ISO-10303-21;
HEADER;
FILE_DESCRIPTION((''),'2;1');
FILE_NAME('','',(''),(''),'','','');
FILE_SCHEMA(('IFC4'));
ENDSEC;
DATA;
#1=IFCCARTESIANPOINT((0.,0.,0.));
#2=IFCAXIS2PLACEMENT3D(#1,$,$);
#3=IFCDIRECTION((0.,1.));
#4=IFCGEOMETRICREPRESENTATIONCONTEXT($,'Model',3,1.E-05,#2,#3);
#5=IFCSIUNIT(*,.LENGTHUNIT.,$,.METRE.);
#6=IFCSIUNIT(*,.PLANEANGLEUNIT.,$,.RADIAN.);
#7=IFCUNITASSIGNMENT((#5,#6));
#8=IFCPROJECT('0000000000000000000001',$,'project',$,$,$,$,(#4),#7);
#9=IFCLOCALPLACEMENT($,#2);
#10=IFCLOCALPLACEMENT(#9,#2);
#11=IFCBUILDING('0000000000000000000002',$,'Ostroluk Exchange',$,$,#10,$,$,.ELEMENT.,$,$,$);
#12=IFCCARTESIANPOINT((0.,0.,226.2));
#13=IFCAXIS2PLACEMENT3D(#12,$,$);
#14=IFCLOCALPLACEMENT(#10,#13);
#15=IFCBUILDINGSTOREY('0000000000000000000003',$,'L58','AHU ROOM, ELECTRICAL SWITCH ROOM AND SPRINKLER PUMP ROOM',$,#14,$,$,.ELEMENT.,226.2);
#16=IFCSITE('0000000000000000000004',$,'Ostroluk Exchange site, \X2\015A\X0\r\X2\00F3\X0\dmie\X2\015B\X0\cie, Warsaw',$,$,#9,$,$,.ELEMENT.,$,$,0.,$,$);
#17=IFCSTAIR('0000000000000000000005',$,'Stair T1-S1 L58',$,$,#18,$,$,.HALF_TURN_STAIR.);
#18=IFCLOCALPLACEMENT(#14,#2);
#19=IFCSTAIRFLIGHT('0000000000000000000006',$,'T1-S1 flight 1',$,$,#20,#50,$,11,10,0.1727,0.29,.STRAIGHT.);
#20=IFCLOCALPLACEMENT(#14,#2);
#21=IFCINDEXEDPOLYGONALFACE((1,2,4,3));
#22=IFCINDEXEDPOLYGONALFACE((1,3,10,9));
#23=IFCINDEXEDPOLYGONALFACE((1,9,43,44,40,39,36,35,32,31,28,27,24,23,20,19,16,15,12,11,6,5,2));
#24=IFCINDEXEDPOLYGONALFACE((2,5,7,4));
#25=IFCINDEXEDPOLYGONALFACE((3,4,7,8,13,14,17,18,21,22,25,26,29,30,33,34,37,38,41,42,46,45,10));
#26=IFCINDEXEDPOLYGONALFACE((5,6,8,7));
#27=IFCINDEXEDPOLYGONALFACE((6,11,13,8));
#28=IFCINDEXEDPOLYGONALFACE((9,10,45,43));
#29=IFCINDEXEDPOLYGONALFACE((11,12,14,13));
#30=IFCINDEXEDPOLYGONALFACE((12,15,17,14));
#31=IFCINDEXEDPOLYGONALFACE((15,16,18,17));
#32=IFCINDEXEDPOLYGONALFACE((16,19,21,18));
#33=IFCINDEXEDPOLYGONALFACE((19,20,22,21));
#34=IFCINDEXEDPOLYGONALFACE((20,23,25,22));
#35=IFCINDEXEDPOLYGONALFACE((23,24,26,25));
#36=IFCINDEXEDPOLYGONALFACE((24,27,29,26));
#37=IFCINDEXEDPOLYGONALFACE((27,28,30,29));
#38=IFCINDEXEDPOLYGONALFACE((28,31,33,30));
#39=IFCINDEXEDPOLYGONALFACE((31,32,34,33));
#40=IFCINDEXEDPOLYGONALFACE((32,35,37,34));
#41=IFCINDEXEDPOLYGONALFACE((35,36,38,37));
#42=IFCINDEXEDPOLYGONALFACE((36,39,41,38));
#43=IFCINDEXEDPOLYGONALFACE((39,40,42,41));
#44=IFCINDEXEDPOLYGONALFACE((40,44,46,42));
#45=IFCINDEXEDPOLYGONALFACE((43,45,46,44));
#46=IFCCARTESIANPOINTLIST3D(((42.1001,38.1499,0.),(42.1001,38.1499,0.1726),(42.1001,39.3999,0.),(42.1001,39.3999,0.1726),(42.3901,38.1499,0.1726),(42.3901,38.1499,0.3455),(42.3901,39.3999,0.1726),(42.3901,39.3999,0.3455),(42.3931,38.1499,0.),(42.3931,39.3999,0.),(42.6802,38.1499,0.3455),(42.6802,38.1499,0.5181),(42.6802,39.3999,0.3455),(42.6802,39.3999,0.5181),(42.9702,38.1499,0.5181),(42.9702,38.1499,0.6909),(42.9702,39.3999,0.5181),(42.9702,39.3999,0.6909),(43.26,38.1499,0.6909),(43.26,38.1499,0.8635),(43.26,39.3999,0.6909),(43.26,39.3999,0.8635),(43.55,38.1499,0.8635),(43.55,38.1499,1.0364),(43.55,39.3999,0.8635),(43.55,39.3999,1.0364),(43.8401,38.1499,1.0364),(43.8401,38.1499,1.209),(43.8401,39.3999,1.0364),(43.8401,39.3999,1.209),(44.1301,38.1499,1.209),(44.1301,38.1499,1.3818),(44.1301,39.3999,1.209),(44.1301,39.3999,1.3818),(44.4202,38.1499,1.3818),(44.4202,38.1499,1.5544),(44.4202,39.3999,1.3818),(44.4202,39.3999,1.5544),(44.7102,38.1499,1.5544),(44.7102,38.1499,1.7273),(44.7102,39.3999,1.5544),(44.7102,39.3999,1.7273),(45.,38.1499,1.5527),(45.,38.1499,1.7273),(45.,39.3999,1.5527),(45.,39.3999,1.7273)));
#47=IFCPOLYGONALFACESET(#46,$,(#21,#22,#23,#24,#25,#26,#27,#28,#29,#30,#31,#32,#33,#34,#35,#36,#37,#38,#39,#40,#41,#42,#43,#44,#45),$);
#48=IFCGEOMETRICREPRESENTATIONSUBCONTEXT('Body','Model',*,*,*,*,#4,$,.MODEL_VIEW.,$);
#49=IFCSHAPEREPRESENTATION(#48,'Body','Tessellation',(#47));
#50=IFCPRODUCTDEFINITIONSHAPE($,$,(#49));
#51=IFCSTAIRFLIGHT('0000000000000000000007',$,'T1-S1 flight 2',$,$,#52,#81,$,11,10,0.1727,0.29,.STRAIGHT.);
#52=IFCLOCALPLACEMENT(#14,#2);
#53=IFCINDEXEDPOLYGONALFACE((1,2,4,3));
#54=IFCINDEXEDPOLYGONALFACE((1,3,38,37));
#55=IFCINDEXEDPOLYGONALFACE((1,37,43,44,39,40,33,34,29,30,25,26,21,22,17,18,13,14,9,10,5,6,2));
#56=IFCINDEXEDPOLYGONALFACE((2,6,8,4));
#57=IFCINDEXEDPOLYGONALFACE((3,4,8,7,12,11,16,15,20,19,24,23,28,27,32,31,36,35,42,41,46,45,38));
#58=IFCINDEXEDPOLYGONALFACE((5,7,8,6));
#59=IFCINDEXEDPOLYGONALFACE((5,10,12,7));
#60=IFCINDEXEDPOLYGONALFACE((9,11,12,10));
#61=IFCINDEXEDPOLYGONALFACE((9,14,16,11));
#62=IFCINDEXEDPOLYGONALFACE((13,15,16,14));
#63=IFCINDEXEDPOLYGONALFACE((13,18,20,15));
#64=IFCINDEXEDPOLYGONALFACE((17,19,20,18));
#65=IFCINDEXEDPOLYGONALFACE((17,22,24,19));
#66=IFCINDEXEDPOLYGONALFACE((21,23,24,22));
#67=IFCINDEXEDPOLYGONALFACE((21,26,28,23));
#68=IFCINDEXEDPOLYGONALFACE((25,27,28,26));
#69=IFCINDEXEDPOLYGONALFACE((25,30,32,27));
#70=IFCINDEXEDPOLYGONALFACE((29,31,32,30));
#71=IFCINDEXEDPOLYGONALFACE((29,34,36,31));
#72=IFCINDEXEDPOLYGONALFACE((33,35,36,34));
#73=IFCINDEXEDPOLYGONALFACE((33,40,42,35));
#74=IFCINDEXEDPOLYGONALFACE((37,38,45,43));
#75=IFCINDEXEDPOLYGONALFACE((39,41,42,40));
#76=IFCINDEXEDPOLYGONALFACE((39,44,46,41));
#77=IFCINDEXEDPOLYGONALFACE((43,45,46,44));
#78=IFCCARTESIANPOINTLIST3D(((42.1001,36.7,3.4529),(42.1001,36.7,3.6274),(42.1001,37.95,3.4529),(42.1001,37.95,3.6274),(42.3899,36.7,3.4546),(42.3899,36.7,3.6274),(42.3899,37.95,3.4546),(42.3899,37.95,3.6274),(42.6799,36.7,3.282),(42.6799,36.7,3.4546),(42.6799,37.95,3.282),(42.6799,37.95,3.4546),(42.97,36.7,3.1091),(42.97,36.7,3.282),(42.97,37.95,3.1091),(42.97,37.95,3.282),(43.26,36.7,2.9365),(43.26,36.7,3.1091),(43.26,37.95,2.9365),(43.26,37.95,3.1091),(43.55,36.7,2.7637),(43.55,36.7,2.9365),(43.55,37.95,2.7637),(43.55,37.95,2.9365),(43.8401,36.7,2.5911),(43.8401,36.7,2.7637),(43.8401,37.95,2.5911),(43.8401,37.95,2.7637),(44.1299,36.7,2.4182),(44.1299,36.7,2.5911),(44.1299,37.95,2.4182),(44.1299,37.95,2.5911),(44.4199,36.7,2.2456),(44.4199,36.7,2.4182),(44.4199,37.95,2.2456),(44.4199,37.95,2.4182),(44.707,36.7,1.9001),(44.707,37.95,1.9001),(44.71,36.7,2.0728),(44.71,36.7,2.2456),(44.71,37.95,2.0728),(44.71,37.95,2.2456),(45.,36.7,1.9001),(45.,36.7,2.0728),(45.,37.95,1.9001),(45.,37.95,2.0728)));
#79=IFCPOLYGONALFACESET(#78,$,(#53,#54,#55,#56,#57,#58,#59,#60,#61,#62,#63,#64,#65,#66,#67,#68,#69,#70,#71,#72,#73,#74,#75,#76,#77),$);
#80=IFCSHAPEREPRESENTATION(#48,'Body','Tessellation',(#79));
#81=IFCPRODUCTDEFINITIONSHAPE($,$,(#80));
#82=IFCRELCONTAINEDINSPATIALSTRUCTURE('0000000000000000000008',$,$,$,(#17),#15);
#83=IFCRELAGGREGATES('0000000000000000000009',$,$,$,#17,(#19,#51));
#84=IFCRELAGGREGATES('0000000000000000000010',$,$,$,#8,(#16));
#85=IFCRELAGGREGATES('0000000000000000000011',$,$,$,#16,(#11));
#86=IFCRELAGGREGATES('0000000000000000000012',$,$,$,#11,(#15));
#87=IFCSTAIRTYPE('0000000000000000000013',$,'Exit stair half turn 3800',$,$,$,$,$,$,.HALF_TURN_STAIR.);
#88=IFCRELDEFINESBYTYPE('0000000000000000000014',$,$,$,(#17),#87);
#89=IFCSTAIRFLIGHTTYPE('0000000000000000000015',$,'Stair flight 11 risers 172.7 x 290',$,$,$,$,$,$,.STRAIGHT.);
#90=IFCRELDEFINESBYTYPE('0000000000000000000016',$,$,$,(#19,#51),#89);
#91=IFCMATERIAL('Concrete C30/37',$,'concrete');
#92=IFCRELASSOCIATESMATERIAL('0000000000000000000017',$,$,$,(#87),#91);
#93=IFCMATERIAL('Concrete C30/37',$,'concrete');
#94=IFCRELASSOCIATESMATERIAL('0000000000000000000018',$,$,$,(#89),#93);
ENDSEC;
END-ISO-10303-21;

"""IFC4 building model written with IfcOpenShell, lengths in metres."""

from ifc_helpers import new_model, si_unit, direction, frame, origin, place, context, subcontext, project, spatial, polyline, outline, extrude, material, type_object, element, aggregate, save


model = new_model("IFC4")

# Units and contexts
model_context = context("Model", 3, precision=1e-05, world=origin(), true_north=direction((0.0, 1.0)))
body_context = subcontext(model_context, "Body", "Model", "MODEL_VIEW")
ifc_project = project(units=[si_unit("LENGTHUNIT", "METRE"), si_unit("PLANEANGLEUNIT", "RADIAN")], contexts=[model_context])

# Site, building, storey
site_placement = place(None, origin())
site = spatial("IfcSite", under=ifc_project, at=site_placement, Name="Ostroluk Exchange site, Śródmieście, Warsaw", CompositionType="ELEMENT", RefElevation=0.0)
building_placement = place(site_placement, origin())
building = spatial("IfcBuilding", under=site, at=building_placement, Name="Ostroluk Exchange", CompositionType="ELEMENT")
storey_placement = place(building_placement, frame((0.0, 0.0, 226.2)))
storey = spatial("IfcBuildingStorey", under=building, at=storey_placement, Name="L58", Description="AHU ROOM, ELECTRICAL SWITCH ROOM AND SPRINKLER PUMP ROOM", CompositionType="ELEMENT", Elevation=226.2)

# Stair, stair flights
ifc_material_1 = material(Name="Concrete C30/37", Category="concrete")
stair_type = type_object("IfcStairType", Name="Exit stair half turn 3800", PredefinedType="HALF_TURN_STAIR", material=ifc_material_1)
stair_placement = place(storey_placement, origin())
stair = element("IfcStair", 1, at=stair_placement, inside=storey, type_object=stair_type, Name="Stair T1-S1 L58", PredefinedType="HALF_TURN_STAIR")
ifc_material_2 = material(Name="Concrete C30/37", Category="concrete")
stair_flight_type = type_object("IfcStairFlightType", Name="Stair flight 11 risers 172.7 x 290", PredefinedType="STRAIGHT", material=ifc_material_2)
stair_flight_1_placement = place(storey_placement, frame((42.1001, 38.7749, 0.0), z_axis=(0.0, 0.0, 1.0), x_axis=(1.0, 0.0, 0.0)))
stair_flight_1 = element("IfcStairFlight", 2, at=stair_flight_1_placement, type_object=stair_flight_type, Name="T1-S1 flight 1", NumberOfRisers=11, NumberOfTreads=10, PredefinedType="STRAIGHT", RiserHeight=0.1727, TreadLength=0.29, context=body_context, shape_type="SweptSolid", body=[
    extrude(outline(polyline([(0.0, 0.0), (0.0, 0.1726), (0.29, 0.1726), (0.29, 0.3455), (0.5801, 0.3455), (0.5801, 0.5181), (0.8701, 0.5181), (0.8701, 0.6909), (1.1599, 0.6909), (1.1599, 0.8635), (1.45, 0.8635), (1.45, 1.0364), (1.74, 1.0364), (1.74, 1.209), (2.03, 1.209), (2.03, 1.3818), (2.3201, 1.3818), (2.3201, 1.5544), (2.6101, 1.5544), (2.6101, 1.7273), (2.8999, 1.7273), (2.8999, 1.8999), (2.8999, 1.5527), (0.293, 0.0), (0.0, 0.0)])), frame((0.0, 0.625, 0.0), z_axis=(0.0, -1.0, 0.0), x_axis=(1.0, 0.0, 0.0)), (0.0, 0.0, 1.0), 1.25),
])
stair_flight_2_placement = place(storey_placement, frame((45.0, 37.325, 1.9001), z_axis=(0.0, 0.0, 1.0), x_axis=(-1.0, 0.0, 0.0)))
stair_flight_2 = element("IfcStairFlight", 3, at=stair_flight_2_placement, type_object=stair_flight_type, Name="T1-S1 flight 2", NumberOfRisers=11, NumberOfTreads=10, PredefinedType="STRAIGHT", RiserHeight=0.1727, TreadLength=0.29, context=body_context, shape_type="SweptSolid", body=[
    extrude(outline(polyline([(0.0, 0.0), (0.0, 0.1726), (0.29, 0.1726), (0.29, 0.3455), (0.5801, 0.3455), (0.5801, 0.5181), (0.8701, 0.5181), (0.8701, 0.6909), (1.1599, 0.6909), (1.1599, 0.8635), (1.45, 0.8635), (1.45, 1.0364), (1.74, 1.0364), (1.74, 1.209), (2.03, 1.209), (2.03, 1.3818), (2.3201, 1.3818), (2.3201, 1.5544), (2.6101, 1.5544), (2.6101, 1.7273), (2.8999, 1.7273), (2.8999, 1.8999), (2.8999, 1.5527), (0.293, 0.0), (0.0, 0.0)])), frame((0.0, 0.625, 0.0), z_axis=(0.0, -1.0, 0.0), x_axis=(1.0, 0.0, 0.0)), (0.0, 0.0, 1.0), 1.25),
])
aggregate(stair, [stair_flight_1, stair_flight_2])

save(model, "model.ifc")
